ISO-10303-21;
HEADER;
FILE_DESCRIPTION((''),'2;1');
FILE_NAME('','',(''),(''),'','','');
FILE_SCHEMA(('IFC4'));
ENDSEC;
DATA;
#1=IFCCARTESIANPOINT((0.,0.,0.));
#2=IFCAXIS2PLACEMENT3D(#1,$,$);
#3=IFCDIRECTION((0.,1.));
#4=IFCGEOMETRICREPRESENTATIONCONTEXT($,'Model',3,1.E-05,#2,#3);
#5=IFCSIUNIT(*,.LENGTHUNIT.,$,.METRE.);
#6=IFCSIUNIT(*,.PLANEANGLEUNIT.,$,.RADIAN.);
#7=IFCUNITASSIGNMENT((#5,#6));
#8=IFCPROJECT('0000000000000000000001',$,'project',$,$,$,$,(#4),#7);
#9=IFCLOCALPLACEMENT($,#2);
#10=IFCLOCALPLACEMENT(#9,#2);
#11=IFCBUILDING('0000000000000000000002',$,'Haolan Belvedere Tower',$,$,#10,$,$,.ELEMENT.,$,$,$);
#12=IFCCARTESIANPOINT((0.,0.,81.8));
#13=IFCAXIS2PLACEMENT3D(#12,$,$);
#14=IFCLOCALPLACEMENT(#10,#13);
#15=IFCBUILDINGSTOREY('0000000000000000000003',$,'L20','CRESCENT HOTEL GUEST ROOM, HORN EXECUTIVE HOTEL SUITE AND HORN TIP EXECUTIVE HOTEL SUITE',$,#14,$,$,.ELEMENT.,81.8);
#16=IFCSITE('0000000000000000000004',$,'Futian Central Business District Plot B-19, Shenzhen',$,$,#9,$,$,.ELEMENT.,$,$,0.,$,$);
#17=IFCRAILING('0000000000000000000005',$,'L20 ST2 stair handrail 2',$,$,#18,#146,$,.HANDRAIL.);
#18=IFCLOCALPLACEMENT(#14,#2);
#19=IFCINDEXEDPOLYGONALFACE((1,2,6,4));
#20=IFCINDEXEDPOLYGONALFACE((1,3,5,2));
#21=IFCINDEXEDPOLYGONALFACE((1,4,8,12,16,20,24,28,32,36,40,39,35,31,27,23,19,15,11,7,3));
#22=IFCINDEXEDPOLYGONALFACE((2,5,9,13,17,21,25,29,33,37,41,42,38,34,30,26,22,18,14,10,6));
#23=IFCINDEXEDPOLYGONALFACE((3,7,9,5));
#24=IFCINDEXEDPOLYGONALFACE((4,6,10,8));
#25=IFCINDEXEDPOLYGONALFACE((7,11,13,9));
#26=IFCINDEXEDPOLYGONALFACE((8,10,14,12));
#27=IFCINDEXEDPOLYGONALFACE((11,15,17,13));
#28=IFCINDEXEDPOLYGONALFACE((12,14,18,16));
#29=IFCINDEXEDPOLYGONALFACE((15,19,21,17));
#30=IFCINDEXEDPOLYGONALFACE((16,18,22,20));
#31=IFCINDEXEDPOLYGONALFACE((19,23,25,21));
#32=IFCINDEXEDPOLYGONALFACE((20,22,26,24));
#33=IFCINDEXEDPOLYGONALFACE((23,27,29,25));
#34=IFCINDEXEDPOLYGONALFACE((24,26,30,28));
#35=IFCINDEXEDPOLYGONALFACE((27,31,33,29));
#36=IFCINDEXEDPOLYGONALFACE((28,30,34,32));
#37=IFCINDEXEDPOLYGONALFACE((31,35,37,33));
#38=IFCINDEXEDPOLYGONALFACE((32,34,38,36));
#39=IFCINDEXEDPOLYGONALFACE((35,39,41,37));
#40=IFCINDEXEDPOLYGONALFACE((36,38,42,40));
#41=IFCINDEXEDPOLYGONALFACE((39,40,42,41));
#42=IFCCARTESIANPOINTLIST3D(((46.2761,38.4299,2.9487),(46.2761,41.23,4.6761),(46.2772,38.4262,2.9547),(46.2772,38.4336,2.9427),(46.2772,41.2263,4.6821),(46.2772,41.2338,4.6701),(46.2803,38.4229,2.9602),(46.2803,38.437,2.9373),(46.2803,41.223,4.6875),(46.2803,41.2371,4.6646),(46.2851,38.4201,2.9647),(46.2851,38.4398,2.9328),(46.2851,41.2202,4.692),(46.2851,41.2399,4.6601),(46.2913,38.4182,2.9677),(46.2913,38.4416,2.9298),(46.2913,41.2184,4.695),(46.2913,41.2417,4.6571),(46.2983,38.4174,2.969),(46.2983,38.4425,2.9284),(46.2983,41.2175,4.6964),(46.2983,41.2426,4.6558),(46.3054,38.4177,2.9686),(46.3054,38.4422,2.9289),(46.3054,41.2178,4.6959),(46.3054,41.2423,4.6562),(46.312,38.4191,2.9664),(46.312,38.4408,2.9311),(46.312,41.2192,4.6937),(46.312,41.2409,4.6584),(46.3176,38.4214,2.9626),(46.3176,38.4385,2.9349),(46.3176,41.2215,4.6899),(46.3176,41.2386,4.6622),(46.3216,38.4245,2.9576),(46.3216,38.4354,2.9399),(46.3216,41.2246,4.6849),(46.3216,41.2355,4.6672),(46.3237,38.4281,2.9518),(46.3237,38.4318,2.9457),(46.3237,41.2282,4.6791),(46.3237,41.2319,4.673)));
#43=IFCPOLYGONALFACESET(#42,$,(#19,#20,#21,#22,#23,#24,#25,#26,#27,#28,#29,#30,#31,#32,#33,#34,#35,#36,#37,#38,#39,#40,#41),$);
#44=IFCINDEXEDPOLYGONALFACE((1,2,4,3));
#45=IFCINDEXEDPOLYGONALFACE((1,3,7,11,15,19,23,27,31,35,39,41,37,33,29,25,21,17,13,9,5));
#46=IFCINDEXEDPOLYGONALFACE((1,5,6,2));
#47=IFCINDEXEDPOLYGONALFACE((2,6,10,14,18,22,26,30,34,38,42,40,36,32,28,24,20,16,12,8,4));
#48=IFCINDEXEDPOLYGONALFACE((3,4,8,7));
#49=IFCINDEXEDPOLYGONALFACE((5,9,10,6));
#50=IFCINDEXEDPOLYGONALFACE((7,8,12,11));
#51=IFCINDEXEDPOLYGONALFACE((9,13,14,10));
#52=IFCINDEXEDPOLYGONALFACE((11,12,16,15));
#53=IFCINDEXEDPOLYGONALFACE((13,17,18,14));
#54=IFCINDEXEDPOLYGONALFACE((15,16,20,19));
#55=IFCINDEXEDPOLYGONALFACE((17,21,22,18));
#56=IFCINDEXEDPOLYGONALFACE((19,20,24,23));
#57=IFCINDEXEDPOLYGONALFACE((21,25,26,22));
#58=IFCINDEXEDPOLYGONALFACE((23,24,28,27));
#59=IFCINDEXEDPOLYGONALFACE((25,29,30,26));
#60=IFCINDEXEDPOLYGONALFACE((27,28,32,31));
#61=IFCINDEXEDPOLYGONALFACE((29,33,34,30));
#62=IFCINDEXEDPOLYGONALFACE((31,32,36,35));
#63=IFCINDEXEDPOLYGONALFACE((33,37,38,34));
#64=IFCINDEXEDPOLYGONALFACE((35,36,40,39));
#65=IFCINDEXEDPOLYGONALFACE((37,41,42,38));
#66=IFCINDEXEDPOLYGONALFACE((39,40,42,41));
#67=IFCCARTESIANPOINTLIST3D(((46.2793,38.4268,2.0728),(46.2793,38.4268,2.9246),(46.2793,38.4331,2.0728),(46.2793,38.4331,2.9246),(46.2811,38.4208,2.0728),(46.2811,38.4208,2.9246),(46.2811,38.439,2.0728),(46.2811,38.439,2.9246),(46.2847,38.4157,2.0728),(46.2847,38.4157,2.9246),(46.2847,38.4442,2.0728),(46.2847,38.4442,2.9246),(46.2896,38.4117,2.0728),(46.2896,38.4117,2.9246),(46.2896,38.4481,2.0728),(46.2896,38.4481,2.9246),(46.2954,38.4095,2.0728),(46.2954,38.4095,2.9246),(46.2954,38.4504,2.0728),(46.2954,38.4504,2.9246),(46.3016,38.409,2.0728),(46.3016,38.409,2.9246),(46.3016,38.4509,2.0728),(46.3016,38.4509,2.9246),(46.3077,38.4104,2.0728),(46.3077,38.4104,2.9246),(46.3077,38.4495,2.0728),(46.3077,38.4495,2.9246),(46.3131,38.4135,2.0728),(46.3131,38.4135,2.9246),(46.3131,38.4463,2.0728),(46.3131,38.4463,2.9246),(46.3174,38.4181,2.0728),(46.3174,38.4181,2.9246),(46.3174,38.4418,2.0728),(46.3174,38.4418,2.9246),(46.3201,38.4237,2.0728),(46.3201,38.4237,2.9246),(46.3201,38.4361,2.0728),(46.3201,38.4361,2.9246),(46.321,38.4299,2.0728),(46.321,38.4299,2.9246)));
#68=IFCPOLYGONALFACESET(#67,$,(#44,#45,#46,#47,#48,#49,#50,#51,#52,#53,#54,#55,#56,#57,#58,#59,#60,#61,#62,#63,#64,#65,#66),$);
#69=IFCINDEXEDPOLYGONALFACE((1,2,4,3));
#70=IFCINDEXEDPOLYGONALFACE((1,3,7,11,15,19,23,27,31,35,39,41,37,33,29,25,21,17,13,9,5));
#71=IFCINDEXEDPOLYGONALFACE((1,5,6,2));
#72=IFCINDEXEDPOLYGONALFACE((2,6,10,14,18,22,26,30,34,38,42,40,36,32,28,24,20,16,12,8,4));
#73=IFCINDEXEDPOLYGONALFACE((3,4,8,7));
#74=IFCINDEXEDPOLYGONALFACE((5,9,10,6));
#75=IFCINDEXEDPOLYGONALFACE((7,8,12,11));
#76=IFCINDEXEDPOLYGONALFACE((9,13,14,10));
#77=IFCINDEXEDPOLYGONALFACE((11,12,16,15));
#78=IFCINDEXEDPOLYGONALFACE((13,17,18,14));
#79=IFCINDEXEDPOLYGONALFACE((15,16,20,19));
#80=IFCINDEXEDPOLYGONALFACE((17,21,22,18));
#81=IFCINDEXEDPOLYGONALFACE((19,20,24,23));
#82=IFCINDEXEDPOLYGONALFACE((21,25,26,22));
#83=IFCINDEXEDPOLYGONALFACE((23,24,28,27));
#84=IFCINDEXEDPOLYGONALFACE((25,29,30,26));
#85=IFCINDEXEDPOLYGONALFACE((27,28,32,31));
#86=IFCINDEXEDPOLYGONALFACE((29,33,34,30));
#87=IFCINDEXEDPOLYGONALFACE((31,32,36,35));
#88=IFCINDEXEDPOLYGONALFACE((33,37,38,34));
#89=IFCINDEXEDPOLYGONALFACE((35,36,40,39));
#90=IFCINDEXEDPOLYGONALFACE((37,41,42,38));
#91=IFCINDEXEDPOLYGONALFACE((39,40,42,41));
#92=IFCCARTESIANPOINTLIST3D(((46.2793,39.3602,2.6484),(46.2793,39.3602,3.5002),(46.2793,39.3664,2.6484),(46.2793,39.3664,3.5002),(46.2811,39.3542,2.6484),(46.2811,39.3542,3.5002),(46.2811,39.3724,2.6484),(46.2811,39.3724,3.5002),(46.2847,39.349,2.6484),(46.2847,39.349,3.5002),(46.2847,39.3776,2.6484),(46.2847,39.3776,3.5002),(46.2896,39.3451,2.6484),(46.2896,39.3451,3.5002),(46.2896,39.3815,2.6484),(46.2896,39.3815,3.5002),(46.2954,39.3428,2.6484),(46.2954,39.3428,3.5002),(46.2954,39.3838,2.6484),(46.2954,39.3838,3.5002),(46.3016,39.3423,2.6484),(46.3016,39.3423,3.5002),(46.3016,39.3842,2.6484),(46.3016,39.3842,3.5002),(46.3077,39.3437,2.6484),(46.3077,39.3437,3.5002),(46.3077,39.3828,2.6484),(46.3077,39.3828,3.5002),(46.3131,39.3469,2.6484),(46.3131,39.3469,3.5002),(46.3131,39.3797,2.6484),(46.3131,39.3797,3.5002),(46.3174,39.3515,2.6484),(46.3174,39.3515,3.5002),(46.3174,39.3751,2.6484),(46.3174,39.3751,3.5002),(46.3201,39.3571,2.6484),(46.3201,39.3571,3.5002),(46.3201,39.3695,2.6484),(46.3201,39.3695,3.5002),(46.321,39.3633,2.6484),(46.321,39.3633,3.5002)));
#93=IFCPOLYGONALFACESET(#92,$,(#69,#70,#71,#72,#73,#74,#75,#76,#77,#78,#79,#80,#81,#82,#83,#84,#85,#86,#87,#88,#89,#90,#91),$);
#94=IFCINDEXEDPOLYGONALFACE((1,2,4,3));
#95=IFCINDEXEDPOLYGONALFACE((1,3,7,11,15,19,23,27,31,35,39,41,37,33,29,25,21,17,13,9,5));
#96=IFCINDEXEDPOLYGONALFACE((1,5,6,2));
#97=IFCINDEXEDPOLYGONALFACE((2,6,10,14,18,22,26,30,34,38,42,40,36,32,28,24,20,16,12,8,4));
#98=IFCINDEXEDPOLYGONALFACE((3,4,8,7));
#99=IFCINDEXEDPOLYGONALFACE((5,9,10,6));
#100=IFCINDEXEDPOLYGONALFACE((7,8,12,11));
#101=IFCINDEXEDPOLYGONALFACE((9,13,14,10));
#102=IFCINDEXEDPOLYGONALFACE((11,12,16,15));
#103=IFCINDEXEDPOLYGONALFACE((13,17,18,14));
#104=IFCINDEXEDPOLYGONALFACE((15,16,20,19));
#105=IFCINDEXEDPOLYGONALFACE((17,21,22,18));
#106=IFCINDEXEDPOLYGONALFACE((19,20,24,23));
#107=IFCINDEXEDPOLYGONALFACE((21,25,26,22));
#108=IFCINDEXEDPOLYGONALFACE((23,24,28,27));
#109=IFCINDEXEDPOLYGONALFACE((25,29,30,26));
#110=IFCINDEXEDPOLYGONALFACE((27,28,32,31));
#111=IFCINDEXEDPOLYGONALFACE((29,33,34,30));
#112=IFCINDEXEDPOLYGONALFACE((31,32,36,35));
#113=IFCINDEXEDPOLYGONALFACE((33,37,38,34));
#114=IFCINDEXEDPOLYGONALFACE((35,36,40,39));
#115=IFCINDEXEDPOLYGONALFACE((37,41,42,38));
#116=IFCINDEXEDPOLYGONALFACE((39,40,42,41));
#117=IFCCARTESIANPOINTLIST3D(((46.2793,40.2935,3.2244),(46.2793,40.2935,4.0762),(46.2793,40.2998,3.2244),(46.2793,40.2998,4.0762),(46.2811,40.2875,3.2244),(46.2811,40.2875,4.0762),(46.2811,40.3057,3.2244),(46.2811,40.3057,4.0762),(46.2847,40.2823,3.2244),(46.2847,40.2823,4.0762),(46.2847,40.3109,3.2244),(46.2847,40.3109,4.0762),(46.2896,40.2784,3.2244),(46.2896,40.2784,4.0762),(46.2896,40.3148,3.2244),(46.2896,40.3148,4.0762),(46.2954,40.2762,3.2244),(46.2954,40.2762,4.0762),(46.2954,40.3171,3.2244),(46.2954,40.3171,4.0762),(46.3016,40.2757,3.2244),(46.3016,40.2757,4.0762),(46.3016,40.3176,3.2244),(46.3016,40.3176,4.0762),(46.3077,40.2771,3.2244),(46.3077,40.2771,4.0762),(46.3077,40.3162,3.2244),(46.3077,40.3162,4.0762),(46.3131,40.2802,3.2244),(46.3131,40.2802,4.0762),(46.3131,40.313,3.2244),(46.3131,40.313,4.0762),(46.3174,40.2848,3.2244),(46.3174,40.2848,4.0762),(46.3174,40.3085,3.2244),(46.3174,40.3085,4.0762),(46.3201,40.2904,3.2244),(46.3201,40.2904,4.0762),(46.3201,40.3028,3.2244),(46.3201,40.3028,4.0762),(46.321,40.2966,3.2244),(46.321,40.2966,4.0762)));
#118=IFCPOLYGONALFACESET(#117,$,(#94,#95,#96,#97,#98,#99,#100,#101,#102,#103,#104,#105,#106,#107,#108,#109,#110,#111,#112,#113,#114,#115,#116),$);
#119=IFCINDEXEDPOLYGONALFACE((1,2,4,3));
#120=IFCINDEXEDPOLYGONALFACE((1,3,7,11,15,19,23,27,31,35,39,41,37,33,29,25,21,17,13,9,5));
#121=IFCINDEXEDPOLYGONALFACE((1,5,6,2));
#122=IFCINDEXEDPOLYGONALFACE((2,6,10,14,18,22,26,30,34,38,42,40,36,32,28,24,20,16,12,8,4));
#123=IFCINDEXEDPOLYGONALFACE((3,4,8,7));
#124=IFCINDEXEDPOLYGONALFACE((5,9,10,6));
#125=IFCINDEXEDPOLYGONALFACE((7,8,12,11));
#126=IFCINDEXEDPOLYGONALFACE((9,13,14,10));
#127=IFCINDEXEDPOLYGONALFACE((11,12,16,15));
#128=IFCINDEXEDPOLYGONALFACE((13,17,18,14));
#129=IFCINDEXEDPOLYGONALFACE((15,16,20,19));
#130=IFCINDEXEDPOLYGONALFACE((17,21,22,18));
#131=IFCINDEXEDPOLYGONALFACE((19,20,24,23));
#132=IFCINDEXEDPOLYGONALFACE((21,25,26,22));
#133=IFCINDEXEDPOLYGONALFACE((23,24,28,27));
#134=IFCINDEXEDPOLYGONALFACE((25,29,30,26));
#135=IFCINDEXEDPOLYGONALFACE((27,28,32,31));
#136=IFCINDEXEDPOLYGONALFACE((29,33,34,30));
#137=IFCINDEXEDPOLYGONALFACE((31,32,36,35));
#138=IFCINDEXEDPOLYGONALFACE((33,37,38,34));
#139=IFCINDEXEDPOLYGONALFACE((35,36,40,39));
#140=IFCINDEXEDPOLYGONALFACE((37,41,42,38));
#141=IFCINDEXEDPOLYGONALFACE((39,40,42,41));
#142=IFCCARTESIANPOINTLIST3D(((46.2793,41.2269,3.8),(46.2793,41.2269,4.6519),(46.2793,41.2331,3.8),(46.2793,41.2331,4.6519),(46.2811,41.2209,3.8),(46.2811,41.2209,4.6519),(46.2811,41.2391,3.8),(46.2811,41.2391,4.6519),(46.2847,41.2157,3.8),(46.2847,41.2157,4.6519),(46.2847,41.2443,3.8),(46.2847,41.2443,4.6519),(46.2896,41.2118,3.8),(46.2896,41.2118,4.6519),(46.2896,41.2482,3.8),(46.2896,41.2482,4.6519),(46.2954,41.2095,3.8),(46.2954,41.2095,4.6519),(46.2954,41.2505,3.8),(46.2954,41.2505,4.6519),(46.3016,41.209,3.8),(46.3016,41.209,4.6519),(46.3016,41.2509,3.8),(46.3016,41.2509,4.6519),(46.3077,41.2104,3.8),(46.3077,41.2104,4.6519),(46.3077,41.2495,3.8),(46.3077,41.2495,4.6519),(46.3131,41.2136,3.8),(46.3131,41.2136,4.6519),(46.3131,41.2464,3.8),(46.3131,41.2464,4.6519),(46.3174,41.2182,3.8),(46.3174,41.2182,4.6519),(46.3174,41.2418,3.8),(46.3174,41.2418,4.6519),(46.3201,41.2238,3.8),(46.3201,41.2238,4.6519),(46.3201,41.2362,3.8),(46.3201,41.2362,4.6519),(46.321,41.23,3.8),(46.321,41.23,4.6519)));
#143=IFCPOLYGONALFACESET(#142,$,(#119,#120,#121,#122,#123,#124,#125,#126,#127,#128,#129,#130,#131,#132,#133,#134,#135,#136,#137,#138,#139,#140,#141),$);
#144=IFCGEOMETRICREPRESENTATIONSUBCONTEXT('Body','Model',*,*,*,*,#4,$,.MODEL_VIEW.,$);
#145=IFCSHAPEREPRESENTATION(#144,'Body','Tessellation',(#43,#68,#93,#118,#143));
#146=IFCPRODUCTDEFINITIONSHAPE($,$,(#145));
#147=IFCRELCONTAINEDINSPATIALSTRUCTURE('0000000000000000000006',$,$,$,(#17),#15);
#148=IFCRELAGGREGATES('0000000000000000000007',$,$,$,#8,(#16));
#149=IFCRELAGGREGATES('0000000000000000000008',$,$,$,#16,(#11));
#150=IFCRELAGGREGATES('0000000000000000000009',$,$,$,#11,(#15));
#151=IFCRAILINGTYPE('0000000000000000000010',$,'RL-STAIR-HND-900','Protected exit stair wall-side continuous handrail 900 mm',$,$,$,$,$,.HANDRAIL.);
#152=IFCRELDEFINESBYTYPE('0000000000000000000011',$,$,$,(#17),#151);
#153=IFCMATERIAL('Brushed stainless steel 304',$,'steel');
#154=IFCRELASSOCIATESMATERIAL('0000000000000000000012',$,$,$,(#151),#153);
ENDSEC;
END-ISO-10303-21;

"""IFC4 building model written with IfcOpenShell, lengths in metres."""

from ifc_helpers import new_model, si_unit, direction, frame, origin, origin_2d, place, context, subcontext, project, spatial, circle, extrude, material, type_object, element, save


model = new_model("IFC4")

# Units and contexts
model_context = context("Model", 3, precision=1e-05, world=origin(), true_north=direction((0.0, 1.0)))
body_context = subcontext(model_context, "Body", "Model", "MODEL_VIEW")
ifc_project = project(units=[si_unit("LENGTHUNIT", "METRE"), si_unit("PLANEANGLEUNIT", "RADIAN")], contexts=[model_context])

# Site, building, storey
site_placement = place(None, origin())
site = spatial("IfcSite", under=ifc_project, at=site_placement, Name="Futian Central Business District Plot B-19, Shenzhen", CompositionType="ELEMENT", RefElevation=0.0)
building_placement = place(site_placement, origin())
building = spatial("IfcBuilding", under=site, at=building_placement, Name="Haolan Belvedere Tower", CompositionType="ELEMENT")
storey_placement = place(building_placement, frame((0.0, 0.0, 81.8)))
storey = spatial("IfcBuildingStorey", under=building, at=storey_placement, Name="L20", Description="CRESCENT HOTEL GUEST ROOM, HORN EXECUTIVE HOTEL SUITE AND HORN TIP EXECUTIVE HOTEL SUITE", CompositionType="ELEMENT", Elevation=81.8)

# Railing
ifc_material_1 = material(Name="Brushed stainless steel 304", Category="steel")
railing_type_1 = type_object("IfcRailingType", Name="RL-STAIR-HND-900", Description="Protected exit stair wall-side continuous handrail 900 mm", PredefinedType="HANDRAIL", material=ifc_material_1)
railing_1_placement = place(storey_placement, frame((46.3, 38.4299, 2.0728)))
element("IfcRailing", 1, at=railing_1_placement, inside=storey, type_object=railing_type_1, Name="L20 ST2 stair handrail 2", PredefinedType="HANDRAIL", context=body_context, shape_type="SweptSolid", body=[
    extrude(circle(Radius=0.0239, at=origin_2d()), frame((0.0, 0.0, 0.876), z_axis=(0.0, 0.85109, 0.52502), x_axis=(-1.0, 0.0, 0.0)), (0.0, 0.0, 1.0), 3.29),
    extrude(circle(Radius=0.021, at=origin_2d()), origin(), (0.0, 0.0, 1.0), 0.8518),
    extrude(circle(Radius=0.021, at=origin_2d()), frame((0.0, 0.9333, 0.5757)), (0.0, 0.0, 1.0), 0.8518),
    extrude(circle(Radius=0.021, at=origin_2d()), frame((0.0, 1.8667, 1.1516)), (0.0, 0.0, 1.0), 0.8518),
    extrude(circle(Radius=0.021, at=origin_2d()), frame((0.0, 2.8, 1.7273)), (0.0, 0.0, 1.0), 0.8518),
])

save(model, "model.ifc")
